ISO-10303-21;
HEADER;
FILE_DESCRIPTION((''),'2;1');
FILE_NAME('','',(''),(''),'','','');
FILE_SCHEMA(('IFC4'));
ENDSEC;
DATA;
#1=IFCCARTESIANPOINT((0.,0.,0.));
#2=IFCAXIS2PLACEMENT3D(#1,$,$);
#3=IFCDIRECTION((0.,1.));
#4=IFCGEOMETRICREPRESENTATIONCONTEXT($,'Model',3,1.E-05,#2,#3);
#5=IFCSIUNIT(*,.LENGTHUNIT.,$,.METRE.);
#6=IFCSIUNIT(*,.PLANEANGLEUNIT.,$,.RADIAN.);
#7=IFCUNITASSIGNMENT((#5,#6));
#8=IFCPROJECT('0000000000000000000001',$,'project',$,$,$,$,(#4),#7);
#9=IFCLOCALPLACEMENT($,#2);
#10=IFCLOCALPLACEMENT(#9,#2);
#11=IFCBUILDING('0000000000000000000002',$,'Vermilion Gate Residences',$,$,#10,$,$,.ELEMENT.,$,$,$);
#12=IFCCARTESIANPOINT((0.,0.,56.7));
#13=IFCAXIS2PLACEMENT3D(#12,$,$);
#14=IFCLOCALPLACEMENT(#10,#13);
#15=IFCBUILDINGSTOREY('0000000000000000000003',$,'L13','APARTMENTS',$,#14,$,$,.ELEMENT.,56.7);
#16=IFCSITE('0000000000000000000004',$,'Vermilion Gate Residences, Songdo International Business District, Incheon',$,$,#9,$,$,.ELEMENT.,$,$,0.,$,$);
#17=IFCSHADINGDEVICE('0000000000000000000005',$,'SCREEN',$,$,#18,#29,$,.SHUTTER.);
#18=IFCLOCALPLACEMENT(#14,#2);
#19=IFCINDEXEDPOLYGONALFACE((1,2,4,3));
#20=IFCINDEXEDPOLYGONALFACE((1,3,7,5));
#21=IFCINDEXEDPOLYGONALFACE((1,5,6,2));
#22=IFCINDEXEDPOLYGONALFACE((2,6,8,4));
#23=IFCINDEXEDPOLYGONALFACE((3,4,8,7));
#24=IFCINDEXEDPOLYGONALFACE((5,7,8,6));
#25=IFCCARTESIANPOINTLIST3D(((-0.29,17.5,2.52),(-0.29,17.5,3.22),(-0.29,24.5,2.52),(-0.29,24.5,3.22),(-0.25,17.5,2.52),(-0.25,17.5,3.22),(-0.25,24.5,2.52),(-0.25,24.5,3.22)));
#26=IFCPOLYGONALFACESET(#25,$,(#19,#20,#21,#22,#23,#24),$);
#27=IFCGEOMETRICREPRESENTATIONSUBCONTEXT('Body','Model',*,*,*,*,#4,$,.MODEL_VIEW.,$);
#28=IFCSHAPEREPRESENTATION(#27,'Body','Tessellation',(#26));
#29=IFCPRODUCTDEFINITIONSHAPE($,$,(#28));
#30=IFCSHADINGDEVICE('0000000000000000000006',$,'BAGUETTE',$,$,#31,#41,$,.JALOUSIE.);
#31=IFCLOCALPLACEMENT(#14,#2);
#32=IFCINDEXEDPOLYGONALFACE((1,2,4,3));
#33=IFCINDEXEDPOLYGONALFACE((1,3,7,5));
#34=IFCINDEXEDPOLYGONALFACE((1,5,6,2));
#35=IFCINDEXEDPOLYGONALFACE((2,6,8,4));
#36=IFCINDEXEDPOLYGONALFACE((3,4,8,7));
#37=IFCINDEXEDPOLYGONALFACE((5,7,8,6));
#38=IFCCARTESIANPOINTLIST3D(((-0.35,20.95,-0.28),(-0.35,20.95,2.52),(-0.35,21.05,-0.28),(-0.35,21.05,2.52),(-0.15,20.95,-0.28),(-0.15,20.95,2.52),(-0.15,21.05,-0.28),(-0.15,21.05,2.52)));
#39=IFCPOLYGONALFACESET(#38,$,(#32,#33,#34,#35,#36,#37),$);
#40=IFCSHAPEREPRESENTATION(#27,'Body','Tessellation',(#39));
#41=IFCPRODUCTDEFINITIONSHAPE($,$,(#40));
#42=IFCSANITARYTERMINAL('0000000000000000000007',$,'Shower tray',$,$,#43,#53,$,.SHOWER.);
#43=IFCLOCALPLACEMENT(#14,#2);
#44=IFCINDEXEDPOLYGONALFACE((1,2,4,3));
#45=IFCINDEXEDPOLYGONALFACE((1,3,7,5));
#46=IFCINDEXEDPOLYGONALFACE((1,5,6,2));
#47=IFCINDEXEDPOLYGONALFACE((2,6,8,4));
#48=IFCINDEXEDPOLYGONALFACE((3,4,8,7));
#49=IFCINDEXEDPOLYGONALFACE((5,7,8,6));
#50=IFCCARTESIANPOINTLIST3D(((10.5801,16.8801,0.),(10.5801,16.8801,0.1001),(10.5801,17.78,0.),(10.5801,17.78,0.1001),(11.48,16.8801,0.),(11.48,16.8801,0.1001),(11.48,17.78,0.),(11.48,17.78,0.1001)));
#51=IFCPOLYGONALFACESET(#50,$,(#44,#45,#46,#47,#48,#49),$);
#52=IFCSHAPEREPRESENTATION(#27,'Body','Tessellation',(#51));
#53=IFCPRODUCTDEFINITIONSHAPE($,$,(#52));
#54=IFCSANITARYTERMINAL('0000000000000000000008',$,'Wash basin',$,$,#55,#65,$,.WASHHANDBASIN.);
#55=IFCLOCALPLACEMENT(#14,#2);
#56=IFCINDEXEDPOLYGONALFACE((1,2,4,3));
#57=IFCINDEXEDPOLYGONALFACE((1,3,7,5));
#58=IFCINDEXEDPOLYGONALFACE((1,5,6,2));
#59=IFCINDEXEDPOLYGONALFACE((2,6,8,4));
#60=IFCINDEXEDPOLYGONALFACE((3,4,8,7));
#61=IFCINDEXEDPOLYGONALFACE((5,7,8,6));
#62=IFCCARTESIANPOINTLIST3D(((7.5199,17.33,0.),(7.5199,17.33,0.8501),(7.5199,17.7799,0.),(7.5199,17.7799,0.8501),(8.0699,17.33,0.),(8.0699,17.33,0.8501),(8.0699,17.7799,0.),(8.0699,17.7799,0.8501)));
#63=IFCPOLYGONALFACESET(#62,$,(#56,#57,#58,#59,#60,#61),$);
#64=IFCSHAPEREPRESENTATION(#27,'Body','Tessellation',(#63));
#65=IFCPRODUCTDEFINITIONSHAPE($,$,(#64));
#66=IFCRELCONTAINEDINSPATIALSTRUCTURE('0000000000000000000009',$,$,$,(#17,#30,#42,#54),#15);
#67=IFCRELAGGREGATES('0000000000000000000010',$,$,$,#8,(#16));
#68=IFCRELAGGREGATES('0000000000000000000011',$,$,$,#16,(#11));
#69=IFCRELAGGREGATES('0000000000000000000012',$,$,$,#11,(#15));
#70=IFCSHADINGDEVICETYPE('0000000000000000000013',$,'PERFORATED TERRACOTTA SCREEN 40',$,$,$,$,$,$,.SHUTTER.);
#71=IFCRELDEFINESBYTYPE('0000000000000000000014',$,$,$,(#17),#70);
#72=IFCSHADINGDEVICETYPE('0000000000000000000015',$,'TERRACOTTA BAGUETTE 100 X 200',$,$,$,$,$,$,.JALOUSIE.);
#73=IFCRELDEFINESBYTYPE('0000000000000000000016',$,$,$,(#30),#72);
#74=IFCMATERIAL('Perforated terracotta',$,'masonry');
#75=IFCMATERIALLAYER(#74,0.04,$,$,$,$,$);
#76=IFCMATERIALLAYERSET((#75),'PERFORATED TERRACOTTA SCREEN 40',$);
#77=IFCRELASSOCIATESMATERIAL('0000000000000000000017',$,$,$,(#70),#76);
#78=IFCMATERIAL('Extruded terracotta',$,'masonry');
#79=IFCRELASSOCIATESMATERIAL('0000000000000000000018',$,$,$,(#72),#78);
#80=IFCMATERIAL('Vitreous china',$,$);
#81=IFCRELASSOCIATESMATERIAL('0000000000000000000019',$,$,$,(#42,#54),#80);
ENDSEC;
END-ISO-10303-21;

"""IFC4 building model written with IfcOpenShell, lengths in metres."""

from ifc_helpers import new_model, si_unit, direction, frame, origin, origin_2d, place, context, subcontext, project, spatial, rectangle, extrude, material, layer, layer_set, material_profile, profile_set, type_object, element, save


model = new_model("IFC4")

# Units and contexts
model_context = context("Model", 3, precision=1e-05, world=origin(), true_north=direction((0.0, 1.0)))
body_context = subcontext(model_context, "Body", "Model", "MODEL_VIEW")
ifc_project = project(units=[si_unit("LENGTHUNIT", "METRE"), si_unit("PLANEANGLEUNIT", "RADIAN")], contexts=[model_context])

# Site, building, storey
site_placement = place(None, origin())
site = spatial("IfcSite", under=ifc_project, at=site_placement, Name="Vermilion Gate Residences, Songdo International Business District, Incheon", CompositionType="ELEMENT", RefElevation=0.0)
building_placement = place(site_placement, origin())
building = spatial("IfcBuilding", under=site, at=building_placement, Name="Vermilion Gate Residences", CompositionType="ELEMENT")
storey_placement = place(building_placement, frame((0.0, 0.0, 56.7)))
storey = spatial("IfcBuildingStorey", under=building, at=storey_placement, Name="L13", Description="APARTMENTS", CompositionType="ELEMENT", Elevation=56.7)

# Shading devices
ifc_material_1 = material(Name="Perforated terracotta", Category="masonry")
ifc_layer_1 = layer(ifc_material_1, 0.04)
ifc_layer_set_1 = layer_set([ifc_layer_1], Name="PERFORATED TERRACOTTA SCREEN 40")
shading_device_type_1 = type_object("IfcShadingDeviceType", Name="PERFORATED TERRACOTTA SCREEN 40", PredefinedType="SHUTTER", material=ifc_layer_set_1)
shading_device_1_placement = place(storey_placement, frame((-0.27, 21.0, 2.52), z_axis=(0.0, 0.0, 1.0), x_axis=(0.0, -1.0, 0.0)))
element("IfcShadingDevice", 1, at=shading_device_1_placement, inside=storey, type_object=shading_device_type_1, Name="SCREEN", PredefinedType="SHUTTER", context=body_context, shape_type="SweptSolid", body=[
    extrude(rectangle(XDim=7.0, YDim=0.04, at=origin_2d()), origin(), (0.0, 0.0, 1.0), 0.7),
])
ifc_material_2 = material(Name="Extruded terracotta", Category="masonry")
ifc_material_profile_1 = material_profile(ifc_material_2, rectangle(XDim=0.2, YDim=0.1001, at=origin_2d()), Name="BAGUETTE 100 X 200")
ifc_profile_set_1 = profile_set([ifc_material_profile_1], Name="Extruded terracotta")
shading_device_type_2 = type_object("IfcShadingDeviceType", Name="TERRACOTTA BAGUETTE 100 X 200", PredefinedType="JALOUSIE", material=ifc_profile_set_1)
shading_device_2_placement = place(storey_placement, frame((-0.25, 21.0, -0.28), z_axis=(0.0, 0.0, 1.0), x_axis=(1.0, 0.0, 0.0)))
element("IfcShadingDevice", 2, at=shading_device_2_placement, inside=storey, type_object=shading_device_type_2, Name="BAGUETTE", PredefinedType="JALOUSIE", context=body_context, shape_type="SweptSolid", body=[
    extrude(rectangle(XDim=0.2, YDim=0.1001, at=origin_2d()), origin(), (0.0, 0.0, 1.0), 2.8),
])

# Sanitary terminals
ifc_material_3 = material(Name="Vitreous china")
sanitary_terminal_1_placement = place(storey_placement, frame((11.03, 17.3301, 0.0), z_axis=(0.0, 0.0, 1.0), x_axis=(1.0, 0.0, 0.0)))
element("IfcSanitaryTerminal", 3, at=sanitary_terminal_1_placement, inside=storey, material=ifc_material_3, Name="Shower tray", PredefinedType="SHOWER", context=body_context, shape_type="SweptSolid", body=[
    extrude(rectangle(XDim=0.8999, YDim=0.8999, at=origin_2d()), origin(), (0.0, 0.0, 1.0), 0.1001),
])
sanitary_terminal_2_placement = place(storey_placement, frame((7.7949, 17.5549, 0.0), z_axis=(0.0, 0.0, 1.0), x_axis=(1.0, 0.0, 0.0)))
element("IfcSanitaryTerminal", 4, at=sanitary_terminal_2_placement, inside=storey, material=ifc_material_3, Name="Wash basin", PredefinedType="WASHHANDBASIN", context=body_context, shape_type="SweptSolid", body=[
    extrude(rectangle(XDim=0.55, YDim=0.45, at=origin_2d()), origin(), (0.0, 0.0, 1.0), 0.8501),
])

save(model, "model.ifc")
